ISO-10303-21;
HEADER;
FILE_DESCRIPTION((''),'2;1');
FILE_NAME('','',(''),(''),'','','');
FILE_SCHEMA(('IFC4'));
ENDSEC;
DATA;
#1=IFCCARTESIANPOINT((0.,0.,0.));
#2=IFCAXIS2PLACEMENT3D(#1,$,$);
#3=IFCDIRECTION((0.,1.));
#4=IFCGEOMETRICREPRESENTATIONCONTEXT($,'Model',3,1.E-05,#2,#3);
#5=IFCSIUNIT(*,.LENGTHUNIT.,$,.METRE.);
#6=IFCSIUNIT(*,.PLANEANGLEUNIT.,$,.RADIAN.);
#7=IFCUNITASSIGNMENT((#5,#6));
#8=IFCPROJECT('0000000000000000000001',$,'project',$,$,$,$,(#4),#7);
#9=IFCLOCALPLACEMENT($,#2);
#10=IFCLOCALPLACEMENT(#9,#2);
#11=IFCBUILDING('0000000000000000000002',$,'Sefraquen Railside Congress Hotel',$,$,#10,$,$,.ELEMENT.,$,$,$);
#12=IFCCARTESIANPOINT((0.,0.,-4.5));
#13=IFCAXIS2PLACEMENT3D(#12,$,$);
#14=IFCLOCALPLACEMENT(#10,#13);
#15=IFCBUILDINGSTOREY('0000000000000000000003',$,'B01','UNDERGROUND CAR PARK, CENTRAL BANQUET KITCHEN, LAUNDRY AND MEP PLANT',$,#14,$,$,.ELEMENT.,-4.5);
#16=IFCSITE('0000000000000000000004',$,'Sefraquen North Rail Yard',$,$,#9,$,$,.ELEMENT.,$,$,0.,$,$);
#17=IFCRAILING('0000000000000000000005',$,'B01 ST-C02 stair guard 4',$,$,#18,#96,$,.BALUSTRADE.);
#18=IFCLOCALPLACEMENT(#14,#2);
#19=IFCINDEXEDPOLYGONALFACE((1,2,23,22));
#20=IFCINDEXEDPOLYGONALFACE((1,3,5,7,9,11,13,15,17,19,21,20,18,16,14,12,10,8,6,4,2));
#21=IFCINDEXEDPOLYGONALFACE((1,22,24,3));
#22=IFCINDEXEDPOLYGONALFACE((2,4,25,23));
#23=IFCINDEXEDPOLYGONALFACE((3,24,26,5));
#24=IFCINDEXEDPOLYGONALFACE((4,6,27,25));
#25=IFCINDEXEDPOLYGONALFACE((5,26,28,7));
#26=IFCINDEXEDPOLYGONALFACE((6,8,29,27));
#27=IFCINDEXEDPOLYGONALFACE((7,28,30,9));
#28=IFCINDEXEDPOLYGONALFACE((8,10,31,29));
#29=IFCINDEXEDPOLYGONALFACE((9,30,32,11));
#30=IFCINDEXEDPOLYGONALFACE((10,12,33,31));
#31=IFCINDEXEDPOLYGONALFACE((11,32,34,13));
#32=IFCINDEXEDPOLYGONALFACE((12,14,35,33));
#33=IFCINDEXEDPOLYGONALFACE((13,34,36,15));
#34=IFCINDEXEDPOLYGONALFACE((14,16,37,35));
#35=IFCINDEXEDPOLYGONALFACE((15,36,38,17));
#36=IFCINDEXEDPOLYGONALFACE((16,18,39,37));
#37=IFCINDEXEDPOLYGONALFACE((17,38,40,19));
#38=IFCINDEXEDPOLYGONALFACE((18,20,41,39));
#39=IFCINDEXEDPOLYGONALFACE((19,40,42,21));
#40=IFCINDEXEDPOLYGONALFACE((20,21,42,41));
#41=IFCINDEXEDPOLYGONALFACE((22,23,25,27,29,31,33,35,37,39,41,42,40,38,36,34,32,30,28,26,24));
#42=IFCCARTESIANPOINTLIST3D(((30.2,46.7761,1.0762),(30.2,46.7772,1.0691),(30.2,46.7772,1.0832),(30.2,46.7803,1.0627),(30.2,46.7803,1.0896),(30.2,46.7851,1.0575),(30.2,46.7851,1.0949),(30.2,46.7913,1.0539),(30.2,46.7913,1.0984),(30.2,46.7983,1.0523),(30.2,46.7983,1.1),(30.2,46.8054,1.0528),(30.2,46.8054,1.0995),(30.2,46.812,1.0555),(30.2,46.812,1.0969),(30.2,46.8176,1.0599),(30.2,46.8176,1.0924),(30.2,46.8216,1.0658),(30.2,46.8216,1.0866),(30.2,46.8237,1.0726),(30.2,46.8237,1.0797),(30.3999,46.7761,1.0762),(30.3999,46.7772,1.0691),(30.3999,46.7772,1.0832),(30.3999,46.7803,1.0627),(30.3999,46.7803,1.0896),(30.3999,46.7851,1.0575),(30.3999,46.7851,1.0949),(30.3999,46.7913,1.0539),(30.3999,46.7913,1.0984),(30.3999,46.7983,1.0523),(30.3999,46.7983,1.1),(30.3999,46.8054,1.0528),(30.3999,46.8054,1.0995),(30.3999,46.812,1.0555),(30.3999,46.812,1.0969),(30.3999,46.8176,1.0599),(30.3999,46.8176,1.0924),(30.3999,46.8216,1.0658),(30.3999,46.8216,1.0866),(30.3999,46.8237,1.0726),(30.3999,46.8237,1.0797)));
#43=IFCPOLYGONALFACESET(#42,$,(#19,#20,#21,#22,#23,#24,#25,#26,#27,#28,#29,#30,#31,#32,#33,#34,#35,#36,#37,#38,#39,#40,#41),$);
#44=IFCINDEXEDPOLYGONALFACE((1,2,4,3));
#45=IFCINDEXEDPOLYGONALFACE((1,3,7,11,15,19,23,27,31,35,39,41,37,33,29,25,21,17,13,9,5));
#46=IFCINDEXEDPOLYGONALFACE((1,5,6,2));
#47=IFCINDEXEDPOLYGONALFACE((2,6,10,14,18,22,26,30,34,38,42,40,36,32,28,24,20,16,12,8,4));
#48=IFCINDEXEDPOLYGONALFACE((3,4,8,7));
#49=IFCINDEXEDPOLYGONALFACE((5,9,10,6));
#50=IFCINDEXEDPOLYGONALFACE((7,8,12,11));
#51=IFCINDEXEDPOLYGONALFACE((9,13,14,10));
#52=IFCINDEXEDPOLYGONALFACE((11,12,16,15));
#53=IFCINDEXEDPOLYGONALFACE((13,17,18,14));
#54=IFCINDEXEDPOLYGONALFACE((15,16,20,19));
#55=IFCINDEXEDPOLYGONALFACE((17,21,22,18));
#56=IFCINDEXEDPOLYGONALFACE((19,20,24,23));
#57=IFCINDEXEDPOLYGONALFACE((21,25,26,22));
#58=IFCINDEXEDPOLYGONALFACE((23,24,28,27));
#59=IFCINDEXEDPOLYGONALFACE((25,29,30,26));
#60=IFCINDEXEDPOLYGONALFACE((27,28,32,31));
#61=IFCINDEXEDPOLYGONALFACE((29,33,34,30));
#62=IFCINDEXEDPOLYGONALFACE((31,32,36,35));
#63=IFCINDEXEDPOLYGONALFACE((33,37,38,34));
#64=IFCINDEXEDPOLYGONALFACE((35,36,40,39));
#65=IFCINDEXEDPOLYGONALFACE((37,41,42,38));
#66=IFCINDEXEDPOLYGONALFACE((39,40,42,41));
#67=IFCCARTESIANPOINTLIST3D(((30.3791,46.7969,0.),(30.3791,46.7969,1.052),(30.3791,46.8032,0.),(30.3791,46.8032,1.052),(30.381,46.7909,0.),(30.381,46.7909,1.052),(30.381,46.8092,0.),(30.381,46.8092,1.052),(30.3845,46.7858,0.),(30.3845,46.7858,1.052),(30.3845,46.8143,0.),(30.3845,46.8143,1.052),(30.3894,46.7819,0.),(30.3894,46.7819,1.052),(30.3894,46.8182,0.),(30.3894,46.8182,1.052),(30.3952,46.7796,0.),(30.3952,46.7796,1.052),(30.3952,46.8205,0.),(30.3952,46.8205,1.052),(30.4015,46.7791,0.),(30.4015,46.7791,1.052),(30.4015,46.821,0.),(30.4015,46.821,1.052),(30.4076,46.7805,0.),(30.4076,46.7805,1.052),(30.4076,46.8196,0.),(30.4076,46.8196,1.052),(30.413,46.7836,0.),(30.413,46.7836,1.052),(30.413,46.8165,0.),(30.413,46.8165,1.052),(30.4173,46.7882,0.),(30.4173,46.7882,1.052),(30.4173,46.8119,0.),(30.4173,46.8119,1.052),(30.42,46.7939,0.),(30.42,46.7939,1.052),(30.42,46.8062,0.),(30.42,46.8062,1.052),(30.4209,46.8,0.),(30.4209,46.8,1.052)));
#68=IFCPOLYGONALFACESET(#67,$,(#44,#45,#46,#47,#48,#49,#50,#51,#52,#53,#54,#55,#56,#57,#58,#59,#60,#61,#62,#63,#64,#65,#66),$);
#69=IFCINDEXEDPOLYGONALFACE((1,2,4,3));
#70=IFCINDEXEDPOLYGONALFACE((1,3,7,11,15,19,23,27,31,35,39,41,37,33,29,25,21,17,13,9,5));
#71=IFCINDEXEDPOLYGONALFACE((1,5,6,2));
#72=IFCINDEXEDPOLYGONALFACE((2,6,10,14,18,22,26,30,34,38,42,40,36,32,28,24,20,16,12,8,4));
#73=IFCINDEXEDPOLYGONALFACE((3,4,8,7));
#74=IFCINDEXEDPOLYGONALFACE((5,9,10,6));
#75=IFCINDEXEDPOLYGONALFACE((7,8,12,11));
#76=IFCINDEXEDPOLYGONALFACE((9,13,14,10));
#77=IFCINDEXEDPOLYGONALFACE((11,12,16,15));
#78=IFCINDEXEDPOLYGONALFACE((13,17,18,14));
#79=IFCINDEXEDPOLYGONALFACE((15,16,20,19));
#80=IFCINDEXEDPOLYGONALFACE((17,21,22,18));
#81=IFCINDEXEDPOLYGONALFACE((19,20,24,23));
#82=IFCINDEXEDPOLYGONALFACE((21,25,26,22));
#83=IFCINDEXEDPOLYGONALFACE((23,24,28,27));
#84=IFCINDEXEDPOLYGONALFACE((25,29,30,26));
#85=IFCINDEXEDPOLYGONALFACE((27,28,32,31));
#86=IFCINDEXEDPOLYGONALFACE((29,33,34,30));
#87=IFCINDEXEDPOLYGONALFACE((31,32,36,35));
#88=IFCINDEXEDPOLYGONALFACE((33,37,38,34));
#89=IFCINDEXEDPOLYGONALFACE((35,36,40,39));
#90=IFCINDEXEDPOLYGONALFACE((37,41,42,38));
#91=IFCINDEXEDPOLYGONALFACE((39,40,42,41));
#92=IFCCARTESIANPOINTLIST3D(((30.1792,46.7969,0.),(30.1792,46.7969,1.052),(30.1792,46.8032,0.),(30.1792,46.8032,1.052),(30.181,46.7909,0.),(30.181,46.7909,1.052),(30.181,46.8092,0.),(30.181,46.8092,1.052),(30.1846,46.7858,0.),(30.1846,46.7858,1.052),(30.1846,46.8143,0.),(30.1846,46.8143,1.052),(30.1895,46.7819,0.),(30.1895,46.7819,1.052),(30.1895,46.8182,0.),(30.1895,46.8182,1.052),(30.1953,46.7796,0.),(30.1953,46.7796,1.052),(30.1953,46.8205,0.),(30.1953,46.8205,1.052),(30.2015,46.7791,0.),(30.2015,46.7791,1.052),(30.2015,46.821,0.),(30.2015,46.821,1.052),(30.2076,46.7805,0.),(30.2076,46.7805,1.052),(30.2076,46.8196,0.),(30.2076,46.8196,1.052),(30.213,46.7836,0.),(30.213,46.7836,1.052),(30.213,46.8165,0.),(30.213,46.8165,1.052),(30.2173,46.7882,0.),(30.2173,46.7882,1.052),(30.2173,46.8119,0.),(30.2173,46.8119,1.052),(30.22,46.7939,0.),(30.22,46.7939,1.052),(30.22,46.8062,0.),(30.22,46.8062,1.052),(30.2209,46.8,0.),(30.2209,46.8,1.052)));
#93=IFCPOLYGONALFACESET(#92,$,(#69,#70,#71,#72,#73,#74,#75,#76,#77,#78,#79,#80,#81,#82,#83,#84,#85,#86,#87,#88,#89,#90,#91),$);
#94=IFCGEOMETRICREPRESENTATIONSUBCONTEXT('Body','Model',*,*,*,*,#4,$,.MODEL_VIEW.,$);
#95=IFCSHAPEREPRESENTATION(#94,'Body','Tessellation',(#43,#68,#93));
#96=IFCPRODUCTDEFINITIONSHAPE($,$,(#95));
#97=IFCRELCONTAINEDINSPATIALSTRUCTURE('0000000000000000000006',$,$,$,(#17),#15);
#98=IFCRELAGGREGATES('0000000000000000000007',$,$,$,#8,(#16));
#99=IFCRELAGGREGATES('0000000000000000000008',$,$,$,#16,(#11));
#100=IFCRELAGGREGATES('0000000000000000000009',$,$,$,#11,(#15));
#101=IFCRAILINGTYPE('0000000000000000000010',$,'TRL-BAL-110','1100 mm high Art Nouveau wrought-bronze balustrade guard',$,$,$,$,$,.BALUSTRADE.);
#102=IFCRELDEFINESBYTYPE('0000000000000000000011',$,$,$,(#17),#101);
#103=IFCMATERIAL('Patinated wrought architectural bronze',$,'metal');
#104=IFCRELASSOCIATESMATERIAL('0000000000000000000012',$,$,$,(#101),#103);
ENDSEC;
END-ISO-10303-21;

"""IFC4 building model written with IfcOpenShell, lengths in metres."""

from ifc_helpers import new_model, si_unit, direction, frame, origin, origin_2d, place, context, subcontext, project, spatial, circle, extrude, material, type_object, element, save


model = new_model("IFC4")

# Units and contexts
model_context = context("Model", 3, precision=1e-05, world=origin(), true_north=direction((0.0, 1.0)))
body_context = subcontext(model_context, "Body", "Model", "MODEL_VIEW")
ifc_project = project(units=[si_unit("LENGTHUNIT", "METRE"), si_unit("PLANEANGLEUNIT", "RADIAN")], contexts=[model_context])

# Site, building, storey
site_placement = place(None, origin())
site = spatial("IfcSite", under=ifc_project, at=site_placement, Name="Sefraquen North Rail Yard", CompositionType="ELEMENT", RefElevation=0.0)
building_placement = place(site_placement, origin())
building = spatial("IfcBuilding", under=site, at=building_placement, Name="Sefraquen Railside Congress Hotel", CompositionType="ELEMENT")
storey_placement = place(building_placement, frame((0.0, 0.0, -4.5)))
storey = spatial("IfcBuildingStorey", under=building, at=storey_placement, Name="B01", Description="UNDERGROUND CAR PARK, CENTRAL BANQUET KITCHEN, LAUNDRY AND MEP PLANT", CompositionType="ELEMENT", Elevation=-4.5)

# Railing
ifc_material_1 = material(Name="Patinated wrought architectural bronze", Category="metal")
railing_type_1 = type_object("IfcRailingType", Name="TRL-BAL-110", Description="1100 mm high Art Nouveau wrought-bronze balustrade guard", PredefinedType="BALUSTRADE", material=ifc_material_1)
railing_1_placement = place(storey_placement, frame((30.3999, 46.8, 0.0)))
element("IfcRailing", 1, at=railing_1_placement, inside=storey, type_object=railing_type_1, Name="B01 ST-C02 stair guard 4", PredefinedType="BALUSTRADE", context=body_context, shape_type="SweptSolid", body=[
    extrude(circle(Radius=0.0239, at=origin_2d()), frame((0.0, 0.0, 1.0762), z_axis=(-1.0, 0.0, 0.0), x_axis=(0.0, -1.0, 0.0)), (0.0, 0.0, 1.0), 0.2),
    extrude(circle(Radius=0.021, at=origin_2d()), origin(), (0.0, 0.0, 1.0), 1.052),
    extrude(circle(Radius=0.021, at=origin_2d()), frame((-0.2, 0.0, 0.0)), (0.0, 0.0, 1.0), 1.052),
])

save(model, "model.ifc")
